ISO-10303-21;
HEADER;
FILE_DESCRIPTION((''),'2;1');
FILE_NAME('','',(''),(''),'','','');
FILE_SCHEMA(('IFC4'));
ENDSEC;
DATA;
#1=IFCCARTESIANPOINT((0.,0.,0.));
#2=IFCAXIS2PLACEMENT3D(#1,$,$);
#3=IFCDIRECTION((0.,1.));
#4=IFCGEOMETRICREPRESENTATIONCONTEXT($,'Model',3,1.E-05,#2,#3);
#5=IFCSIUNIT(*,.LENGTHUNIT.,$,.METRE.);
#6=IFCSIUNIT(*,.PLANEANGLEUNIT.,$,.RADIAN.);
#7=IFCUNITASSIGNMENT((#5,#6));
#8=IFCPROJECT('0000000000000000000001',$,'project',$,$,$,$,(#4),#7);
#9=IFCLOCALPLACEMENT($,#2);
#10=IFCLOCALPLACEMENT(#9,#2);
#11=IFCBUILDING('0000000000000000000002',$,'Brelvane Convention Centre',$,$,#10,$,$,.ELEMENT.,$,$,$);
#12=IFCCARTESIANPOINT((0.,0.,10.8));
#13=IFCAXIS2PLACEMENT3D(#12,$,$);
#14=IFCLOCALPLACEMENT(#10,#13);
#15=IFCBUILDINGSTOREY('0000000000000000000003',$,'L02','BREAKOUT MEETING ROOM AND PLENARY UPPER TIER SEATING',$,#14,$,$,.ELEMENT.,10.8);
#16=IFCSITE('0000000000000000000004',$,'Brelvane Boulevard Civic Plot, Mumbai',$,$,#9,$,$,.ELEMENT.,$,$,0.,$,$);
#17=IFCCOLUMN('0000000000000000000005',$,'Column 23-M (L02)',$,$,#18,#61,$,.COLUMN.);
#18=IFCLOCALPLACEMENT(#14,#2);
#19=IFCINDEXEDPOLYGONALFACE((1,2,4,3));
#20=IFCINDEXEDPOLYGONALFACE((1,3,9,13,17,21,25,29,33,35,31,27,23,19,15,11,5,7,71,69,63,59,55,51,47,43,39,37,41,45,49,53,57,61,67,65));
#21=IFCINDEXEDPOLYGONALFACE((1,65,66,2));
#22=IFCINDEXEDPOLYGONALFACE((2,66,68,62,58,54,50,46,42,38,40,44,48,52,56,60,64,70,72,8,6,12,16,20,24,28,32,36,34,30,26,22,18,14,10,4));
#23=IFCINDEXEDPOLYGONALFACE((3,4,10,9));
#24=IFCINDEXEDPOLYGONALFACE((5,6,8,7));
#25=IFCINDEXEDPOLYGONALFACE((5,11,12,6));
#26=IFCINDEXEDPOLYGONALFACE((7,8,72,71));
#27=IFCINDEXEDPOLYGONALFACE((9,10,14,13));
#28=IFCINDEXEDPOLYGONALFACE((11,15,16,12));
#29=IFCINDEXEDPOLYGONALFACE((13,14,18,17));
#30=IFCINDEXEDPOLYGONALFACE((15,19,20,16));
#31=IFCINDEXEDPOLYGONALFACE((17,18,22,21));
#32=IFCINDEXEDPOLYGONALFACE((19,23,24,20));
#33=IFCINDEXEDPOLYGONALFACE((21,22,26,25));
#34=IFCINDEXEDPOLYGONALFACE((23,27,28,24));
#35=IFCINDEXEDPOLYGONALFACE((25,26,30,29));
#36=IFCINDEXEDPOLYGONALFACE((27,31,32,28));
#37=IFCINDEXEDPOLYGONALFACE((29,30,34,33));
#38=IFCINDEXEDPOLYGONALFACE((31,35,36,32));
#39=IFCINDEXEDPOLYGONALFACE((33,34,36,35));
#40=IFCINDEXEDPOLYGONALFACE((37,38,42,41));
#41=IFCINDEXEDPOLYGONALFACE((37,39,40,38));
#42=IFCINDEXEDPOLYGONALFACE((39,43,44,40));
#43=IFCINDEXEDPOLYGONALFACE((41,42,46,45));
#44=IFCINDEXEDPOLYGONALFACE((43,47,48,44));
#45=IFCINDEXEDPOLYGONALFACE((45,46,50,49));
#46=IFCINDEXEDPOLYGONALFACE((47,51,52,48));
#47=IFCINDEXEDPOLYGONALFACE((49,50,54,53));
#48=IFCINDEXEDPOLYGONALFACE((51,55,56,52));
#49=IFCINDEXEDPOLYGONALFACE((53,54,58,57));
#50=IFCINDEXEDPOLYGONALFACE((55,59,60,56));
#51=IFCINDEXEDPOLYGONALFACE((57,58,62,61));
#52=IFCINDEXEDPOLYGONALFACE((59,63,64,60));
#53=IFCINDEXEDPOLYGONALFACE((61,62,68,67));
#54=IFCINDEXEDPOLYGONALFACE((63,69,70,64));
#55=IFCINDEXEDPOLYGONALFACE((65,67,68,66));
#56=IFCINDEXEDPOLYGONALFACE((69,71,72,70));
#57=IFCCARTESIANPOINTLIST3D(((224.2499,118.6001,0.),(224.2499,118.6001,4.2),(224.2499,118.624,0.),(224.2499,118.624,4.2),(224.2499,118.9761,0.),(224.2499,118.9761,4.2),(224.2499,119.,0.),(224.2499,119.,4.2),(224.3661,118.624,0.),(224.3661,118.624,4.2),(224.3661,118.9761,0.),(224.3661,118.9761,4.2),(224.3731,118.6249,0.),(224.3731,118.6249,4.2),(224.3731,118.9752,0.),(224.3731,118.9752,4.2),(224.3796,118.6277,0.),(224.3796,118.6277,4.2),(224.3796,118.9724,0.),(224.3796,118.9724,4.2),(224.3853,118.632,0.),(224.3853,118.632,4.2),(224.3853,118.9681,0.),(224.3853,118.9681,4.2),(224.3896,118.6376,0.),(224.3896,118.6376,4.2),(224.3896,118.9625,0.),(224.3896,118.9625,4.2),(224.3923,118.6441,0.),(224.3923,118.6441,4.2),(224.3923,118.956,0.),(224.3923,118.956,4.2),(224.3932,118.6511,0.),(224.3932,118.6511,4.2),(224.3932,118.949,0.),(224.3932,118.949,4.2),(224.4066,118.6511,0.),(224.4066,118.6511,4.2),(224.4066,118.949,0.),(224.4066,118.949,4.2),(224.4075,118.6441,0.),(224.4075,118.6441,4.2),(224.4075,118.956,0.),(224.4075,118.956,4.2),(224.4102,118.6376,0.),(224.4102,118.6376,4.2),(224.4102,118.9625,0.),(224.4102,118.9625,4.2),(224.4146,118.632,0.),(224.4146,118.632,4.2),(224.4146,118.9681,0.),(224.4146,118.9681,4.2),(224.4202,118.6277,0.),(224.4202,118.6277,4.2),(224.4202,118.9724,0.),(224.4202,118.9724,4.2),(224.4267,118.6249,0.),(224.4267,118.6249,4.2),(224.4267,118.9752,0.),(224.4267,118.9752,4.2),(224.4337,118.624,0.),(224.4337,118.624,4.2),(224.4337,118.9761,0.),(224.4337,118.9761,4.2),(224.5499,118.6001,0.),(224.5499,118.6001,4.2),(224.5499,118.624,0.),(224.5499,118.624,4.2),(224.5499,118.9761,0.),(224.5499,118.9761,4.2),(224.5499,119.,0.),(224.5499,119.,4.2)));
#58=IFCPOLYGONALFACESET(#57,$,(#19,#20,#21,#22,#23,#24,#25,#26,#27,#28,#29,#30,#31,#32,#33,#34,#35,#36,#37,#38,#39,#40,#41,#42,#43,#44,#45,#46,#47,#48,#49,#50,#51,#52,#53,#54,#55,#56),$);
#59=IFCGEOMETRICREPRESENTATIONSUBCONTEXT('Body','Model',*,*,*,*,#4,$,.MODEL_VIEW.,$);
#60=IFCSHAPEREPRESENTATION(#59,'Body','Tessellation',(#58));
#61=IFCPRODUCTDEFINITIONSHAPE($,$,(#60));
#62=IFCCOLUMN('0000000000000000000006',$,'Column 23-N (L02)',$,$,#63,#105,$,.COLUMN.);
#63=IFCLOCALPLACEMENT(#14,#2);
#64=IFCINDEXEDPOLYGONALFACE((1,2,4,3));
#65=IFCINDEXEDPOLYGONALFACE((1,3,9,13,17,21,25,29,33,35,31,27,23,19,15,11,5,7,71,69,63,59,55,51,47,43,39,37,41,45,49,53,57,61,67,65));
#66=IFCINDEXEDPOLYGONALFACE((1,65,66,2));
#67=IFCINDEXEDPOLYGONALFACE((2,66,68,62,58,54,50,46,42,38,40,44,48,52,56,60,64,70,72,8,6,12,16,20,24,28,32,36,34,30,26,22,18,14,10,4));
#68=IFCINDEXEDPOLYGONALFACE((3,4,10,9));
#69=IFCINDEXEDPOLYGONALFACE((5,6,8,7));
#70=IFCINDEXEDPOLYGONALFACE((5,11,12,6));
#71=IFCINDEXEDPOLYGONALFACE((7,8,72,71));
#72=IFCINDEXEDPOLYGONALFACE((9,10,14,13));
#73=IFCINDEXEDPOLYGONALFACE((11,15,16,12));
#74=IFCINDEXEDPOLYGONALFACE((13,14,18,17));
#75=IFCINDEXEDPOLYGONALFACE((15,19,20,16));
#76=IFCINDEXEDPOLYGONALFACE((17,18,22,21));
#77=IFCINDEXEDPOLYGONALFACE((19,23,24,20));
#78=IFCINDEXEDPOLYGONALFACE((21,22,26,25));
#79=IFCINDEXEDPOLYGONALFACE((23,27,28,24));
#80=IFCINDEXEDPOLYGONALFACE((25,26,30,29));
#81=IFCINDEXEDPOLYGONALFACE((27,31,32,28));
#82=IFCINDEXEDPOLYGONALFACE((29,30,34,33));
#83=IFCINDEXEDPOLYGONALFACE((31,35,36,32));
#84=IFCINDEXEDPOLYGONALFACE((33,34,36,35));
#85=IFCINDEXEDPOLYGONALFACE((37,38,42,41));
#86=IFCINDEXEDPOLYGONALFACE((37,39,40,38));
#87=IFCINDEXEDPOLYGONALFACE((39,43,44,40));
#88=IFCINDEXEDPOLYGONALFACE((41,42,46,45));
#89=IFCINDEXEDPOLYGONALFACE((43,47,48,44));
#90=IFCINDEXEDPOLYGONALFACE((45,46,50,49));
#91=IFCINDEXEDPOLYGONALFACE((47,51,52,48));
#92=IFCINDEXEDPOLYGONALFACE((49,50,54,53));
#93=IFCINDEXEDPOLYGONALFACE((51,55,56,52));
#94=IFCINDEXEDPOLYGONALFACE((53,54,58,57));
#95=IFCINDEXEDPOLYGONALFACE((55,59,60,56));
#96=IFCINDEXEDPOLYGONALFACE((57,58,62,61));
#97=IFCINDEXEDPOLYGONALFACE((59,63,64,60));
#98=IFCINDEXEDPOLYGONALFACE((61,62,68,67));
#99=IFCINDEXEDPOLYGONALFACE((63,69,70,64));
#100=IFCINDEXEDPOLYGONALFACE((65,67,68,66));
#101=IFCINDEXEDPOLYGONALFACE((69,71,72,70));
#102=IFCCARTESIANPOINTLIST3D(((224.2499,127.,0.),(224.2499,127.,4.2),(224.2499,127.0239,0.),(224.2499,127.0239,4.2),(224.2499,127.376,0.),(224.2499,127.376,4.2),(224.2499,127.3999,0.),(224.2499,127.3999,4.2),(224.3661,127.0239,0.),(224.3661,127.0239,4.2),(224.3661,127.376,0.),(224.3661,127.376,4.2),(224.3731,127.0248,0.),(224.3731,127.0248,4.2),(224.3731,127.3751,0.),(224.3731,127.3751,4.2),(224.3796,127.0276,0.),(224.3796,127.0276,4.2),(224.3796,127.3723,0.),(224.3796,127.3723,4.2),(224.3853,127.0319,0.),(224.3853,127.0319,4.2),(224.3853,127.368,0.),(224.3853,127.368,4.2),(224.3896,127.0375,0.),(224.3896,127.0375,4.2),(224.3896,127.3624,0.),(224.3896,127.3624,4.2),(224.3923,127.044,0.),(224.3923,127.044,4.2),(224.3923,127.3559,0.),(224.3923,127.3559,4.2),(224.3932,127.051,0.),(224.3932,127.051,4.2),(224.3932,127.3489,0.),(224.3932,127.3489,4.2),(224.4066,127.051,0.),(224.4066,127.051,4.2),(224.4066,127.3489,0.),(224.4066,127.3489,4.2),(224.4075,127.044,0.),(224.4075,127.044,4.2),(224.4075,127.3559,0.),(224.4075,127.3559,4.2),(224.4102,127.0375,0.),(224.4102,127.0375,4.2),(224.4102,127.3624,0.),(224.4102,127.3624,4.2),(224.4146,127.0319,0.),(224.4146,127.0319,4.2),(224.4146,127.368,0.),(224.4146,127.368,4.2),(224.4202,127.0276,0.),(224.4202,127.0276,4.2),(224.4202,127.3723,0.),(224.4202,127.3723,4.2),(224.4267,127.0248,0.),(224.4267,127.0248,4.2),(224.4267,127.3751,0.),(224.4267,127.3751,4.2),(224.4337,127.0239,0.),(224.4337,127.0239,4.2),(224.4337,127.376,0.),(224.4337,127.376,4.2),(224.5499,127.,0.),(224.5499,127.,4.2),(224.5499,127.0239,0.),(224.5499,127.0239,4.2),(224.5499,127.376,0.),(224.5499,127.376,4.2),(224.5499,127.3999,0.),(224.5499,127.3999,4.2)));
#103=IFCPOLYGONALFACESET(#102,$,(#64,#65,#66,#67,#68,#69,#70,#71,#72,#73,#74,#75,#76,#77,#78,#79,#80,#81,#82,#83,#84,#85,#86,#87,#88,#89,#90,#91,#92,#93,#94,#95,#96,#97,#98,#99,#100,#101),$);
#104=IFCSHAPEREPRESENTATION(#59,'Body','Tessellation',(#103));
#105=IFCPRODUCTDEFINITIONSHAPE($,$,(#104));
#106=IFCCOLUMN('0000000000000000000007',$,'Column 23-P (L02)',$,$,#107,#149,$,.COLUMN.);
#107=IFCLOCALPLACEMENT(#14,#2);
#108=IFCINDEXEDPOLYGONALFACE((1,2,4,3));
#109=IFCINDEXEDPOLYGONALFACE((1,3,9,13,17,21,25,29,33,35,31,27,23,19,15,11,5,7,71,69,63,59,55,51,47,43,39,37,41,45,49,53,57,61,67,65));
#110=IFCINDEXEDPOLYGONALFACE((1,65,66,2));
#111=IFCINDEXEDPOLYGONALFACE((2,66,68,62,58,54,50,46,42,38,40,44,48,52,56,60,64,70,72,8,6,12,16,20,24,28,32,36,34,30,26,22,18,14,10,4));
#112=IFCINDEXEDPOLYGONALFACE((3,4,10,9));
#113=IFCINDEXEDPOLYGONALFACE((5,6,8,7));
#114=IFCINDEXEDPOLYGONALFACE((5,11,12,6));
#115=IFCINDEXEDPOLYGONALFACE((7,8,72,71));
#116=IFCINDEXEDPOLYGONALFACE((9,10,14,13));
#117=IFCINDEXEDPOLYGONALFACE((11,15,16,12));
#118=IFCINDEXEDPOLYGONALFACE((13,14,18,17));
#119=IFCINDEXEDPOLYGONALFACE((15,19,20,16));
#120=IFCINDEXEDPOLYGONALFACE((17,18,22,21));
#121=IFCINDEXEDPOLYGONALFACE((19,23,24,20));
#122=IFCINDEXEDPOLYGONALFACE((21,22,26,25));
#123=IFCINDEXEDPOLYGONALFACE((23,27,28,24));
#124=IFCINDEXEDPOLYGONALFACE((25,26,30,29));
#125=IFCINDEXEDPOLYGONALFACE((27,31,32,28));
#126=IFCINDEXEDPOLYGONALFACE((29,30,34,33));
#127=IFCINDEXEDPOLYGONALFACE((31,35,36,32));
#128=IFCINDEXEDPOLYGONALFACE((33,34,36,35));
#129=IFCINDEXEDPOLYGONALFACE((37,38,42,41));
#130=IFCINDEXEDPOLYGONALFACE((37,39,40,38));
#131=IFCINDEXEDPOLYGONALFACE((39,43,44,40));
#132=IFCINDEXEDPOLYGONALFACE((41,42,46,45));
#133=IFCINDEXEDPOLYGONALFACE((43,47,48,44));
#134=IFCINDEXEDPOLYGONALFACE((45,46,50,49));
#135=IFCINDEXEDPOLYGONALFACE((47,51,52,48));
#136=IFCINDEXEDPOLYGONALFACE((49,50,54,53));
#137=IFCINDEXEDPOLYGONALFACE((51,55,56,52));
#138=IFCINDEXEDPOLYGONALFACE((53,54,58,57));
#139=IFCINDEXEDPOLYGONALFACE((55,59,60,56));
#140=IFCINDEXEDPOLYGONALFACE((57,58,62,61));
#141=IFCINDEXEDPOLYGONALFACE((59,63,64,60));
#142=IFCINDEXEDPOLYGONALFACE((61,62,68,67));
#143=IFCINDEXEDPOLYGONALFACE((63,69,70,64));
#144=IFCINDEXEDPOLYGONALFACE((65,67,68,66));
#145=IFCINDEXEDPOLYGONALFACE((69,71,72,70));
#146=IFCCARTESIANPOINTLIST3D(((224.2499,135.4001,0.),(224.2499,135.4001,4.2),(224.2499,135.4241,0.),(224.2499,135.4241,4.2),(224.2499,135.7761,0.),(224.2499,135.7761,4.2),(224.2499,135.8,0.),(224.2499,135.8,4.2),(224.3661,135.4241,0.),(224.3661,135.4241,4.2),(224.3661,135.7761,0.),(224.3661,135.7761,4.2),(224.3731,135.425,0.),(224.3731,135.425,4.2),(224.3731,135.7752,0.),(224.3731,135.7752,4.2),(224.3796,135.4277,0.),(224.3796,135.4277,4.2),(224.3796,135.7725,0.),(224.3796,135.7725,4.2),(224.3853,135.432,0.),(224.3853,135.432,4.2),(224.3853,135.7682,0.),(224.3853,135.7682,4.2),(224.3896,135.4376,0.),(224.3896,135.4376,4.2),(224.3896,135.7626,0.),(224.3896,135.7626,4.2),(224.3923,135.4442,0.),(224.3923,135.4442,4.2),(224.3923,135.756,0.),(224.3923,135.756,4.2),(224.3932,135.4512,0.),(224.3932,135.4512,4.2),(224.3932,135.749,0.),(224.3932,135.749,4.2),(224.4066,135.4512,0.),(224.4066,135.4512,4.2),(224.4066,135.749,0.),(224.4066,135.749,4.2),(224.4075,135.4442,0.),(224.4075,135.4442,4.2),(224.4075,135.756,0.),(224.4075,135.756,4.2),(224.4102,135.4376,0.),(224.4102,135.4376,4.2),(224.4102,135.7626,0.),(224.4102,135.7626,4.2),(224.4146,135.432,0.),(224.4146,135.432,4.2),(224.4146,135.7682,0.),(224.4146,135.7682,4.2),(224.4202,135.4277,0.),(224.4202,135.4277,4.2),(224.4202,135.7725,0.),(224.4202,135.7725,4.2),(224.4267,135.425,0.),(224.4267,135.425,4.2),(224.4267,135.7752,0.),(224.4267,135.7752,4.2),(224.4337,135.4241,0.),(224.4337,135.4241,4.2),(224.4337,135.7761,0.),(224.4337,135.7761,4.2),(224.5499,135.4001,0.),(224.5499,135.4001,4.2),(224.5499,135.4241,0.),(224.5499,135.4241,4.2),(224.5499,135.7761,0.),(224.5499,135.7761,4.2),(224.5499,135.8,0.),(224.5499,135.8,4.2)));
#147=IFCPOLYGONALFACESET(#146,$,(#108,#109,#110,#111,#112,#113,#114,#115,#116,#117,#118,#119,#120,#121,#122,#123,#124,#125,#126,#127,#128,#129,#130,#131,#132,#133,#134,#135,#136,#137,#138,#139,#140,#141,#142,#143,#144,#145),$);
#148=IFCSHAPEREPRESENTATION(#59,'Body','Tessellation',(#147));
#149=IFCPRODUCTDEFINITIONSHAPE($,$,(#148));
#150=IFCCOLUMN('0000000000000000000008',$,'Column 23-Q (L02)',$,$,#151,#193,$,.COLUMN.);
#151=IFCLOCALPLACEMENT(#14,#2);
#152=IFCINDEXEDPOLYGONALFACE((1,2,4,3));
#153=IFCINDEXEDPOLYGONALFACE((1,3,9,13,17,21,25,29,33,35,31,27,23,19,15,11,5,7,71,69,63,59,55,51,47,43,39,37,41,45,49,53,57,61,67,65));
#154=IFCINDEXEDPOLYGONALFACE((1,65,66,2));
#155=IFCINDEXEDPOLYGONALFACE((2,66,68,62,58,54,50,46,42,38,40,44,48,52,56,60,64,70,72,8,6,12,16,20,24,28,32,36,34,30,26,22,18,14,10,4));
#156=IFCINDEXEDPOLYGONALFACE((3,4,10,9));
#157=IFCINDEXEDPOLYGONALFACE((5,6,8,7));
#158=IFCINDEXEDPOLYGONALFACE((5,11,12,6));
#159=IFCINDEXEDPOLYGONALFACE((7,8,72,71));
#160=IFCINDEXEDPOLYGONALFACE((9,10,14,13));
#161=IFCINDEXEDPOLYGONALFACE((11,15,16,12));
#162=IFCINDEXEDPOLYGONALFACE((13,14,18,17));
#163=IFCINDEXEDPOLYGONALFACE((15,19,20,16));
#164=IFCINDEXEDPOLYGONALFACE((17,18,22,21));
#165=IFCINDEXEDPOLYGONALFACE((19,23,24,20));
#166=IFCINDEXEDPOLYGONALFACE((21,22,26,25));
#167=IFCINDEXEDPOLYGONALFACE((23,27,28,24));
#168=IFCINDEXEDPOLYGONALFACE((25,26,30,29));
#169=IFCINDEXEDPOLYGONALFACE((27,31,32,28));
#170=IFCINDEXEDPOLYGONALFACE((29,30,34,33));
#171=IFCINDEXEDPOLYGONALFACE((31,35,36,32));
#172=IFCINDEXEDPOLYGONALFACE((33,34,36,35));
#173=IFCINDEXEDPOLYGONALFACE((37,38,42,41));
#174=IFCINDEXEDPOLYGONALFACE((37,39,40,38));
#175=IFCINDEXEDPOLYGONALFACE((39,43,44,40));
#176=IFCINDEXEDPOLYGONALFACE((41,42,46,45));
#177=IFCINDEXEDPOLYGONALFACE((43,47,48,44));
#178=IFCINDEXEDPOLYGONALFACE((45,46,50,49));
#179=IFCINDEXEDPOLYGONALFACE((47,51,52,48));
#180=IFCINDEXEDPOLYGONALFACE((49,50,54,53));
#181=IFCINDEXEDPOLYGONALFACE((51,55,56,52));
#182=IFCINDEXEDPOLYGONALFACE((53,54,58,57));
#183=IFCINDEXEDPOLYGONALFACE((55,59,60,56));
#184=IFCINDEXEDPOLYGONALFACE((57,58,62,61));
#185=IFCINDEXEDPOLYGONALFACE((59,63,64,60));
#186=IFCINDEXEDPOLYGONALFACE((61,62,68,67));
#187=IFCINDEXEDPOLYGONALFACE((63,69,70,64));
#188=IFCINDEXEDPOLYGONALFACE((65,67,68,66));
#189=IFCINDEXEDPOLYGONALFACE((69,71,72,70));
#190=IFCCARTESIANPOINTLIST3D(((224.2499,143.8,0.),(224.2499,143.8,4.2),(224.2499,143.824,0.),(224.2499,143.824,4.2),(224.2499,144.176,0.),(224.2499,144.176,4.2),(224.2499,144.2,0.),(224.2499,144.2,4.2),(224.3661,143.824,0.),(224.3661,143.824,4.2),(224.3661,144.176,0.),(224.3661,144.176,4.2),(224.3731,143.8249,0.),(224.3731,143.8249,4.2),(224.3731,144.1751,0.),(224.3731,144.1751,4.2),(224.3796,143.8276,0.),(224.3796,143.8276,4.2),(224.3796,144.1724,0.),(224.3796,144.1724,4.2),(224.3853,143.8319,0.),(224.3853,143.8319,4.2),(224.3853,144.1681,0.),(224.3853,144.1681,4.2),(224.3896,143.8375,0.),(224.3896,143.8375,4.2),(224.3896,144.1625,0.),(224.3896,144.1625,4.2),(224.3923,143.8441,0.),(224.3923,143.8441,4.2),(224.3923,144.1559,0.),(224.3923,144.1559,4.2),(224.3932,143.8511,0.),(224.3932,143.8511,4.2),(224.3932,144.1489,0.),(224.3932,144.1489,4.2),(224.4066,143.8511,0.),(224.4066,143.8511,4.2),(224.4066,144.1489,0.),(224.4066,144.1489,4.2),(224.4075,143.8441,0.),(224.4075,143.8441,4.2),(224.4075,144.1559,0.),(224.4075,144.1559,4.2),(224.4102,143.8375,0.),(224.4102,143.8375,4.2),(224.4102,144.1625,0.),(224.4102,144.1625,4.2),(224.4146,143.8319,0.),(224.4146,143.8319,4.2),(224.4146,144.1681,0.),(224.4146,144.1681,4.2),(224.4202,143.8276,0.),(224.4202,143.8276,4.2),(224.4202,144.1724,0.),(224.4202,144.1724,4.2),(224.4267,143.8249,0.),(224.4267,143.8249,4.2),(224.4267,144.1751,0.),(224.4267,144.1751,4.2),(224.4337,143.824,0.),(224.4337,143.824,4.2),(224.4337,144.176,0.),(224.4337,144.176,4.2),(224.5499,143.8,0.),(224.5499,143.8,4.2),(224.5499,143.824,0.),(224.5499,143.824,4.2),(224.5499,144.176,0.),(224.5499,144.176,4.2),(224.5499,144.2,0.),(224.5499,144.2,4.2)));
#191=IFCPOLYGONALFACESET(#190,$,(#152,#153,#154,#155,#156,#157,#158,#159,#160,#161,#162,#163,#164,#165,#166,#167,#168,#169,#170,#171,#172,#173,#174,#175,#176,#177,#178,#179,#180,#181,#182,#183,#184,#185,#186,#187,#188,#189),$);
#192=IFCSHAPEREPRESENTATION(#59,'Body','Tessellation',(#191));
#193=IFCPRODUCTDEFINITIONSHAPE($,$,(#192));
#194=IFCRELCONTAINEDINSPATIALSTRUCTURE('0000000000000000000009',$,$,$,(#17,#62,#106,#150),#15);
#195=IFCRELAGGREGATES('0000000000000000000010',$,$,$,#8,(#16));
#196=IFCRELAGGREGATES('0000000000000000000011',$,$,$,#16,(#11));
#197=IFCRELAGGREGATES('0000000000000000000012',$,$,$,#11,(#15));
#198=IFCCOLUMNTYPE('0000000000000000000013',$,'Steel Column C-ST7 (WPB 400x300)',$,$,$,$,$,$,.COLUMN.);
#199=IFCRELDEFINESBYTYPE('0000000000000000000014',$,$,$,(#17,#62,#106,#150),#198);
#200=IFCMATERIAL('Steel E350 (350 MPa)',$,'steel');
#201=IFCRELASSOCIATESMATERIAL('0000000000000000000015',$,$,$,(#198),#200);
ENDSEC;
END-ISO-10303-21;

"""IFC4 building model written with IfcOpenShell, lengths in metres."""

from ifc_helpers import new_model, si_unit, direction, frame, origin, origin_2d, place, context, subcontext, project, spatial, i_section, extrude, material, material_profile, profile_set, type_object, element, save


model = new_model("IFC4")

# Units and contexts
model_context = context("Model", 3, precision=1e-05, world=origin(), true_north=direction((0.0, 1.0)))
body_context = subcontext(model_context, "Body", "Model", "MODEL_VIEW")
ifc_project = project(units=[si_unit("LENGTHUNIT", "METRE"), si_unit("PLANEANGLEUNIT", "RADIAN")], contexts=[model_context])

# Site, building, storey
site_placement = place(None, origin())
site = spatial("IfcSite", under=ifc_project, at=site_placement, Name="Brelvane Boulevard Civic Plot, Mumbai", CompositionType="ELEMENT", RefElevation=0.0)
building_placement = place(site_placement, origin())
building = spatial("IfcBuilding", under=site, at=building_placement, Name="Brelvane Convention Centre", CompositionType="ELEMENT")
storey_placement = place(building_placement, frame((0.0, 0.0, 10.8)))
storey = spatial("IfcBuildingStorey", under=building, at=storey_placement, Name="L02", Description="BREAKOUT MEETING ROOM AND PLENARY UPPER TIER SEATING", CompositionType="ELEMENT", Elevation=10.8)

# Columns
ifc_material_1 = material(Name="Steel E350 (350 MPa)", Category="steel")
ifc_material_profile_1 = material_profile(ifc_material_1, i_section(OverallWidth=0.3, OverallDepth=0.3999, WebThickness=0.0134, FlangeThickness=0.0239, FilletRadius=0.0271, at=origin_2d()), Name="WPB 400x300")
ifc_profile_set_1 = profile_set([ifc_material_profile_1], Name="Steel E350 (350 MPa)")
column_type = type_object("IfcColumnType", Name="Steel Column C-ST7 (WPB 400x300)", PredefinedType="COLUMN", material=ifc_profile_set_1)
for number, where, z_axis, x_axis, name in (
    (1, (224.3999, 118.8, 0.0), (0.0, 0.0, 1.0), (1.0, 0.0, 0.0), "Column 23-M (L02)"),
    (2, (224.3999, 127.2, 0.0), (0.0, 0.0, 1.0), (1.0, 0.0, 0.0), "Column 23-N (L02)"),
    (3, (224.3999, 135.6001, 0.0), (0.0, 0.0, 1.0), (1.0, 0.0, 0.0), "Column 23-P (L02)"),
    (4, (224.3999, 144.0, 0.0), (0.0, 0.0, 1.0), (1.0, 0.0, 0.0), "Column 23-Q (L02)"),
):
    element("IfcColumn", number, at=place(storey_placement, frame(where, z_axis=z_axis, x_axis=x_axis)), inside=storey, type_object=column_type, Name=name, PredefinedType="COLUMN", context=body_context, shape_type="SweptSolid", body=[
        extrude(i_section(OverallWidth=0.3, OverallDepth=0.3999, WebThickness=0.0134, FlangeThickness=0.0239, FilletRadius=0.0271, at=origin_2d()), origin(), (0.0, 0.0, 1.0), 4.2),
    ])

save(model, "model.ifc")
